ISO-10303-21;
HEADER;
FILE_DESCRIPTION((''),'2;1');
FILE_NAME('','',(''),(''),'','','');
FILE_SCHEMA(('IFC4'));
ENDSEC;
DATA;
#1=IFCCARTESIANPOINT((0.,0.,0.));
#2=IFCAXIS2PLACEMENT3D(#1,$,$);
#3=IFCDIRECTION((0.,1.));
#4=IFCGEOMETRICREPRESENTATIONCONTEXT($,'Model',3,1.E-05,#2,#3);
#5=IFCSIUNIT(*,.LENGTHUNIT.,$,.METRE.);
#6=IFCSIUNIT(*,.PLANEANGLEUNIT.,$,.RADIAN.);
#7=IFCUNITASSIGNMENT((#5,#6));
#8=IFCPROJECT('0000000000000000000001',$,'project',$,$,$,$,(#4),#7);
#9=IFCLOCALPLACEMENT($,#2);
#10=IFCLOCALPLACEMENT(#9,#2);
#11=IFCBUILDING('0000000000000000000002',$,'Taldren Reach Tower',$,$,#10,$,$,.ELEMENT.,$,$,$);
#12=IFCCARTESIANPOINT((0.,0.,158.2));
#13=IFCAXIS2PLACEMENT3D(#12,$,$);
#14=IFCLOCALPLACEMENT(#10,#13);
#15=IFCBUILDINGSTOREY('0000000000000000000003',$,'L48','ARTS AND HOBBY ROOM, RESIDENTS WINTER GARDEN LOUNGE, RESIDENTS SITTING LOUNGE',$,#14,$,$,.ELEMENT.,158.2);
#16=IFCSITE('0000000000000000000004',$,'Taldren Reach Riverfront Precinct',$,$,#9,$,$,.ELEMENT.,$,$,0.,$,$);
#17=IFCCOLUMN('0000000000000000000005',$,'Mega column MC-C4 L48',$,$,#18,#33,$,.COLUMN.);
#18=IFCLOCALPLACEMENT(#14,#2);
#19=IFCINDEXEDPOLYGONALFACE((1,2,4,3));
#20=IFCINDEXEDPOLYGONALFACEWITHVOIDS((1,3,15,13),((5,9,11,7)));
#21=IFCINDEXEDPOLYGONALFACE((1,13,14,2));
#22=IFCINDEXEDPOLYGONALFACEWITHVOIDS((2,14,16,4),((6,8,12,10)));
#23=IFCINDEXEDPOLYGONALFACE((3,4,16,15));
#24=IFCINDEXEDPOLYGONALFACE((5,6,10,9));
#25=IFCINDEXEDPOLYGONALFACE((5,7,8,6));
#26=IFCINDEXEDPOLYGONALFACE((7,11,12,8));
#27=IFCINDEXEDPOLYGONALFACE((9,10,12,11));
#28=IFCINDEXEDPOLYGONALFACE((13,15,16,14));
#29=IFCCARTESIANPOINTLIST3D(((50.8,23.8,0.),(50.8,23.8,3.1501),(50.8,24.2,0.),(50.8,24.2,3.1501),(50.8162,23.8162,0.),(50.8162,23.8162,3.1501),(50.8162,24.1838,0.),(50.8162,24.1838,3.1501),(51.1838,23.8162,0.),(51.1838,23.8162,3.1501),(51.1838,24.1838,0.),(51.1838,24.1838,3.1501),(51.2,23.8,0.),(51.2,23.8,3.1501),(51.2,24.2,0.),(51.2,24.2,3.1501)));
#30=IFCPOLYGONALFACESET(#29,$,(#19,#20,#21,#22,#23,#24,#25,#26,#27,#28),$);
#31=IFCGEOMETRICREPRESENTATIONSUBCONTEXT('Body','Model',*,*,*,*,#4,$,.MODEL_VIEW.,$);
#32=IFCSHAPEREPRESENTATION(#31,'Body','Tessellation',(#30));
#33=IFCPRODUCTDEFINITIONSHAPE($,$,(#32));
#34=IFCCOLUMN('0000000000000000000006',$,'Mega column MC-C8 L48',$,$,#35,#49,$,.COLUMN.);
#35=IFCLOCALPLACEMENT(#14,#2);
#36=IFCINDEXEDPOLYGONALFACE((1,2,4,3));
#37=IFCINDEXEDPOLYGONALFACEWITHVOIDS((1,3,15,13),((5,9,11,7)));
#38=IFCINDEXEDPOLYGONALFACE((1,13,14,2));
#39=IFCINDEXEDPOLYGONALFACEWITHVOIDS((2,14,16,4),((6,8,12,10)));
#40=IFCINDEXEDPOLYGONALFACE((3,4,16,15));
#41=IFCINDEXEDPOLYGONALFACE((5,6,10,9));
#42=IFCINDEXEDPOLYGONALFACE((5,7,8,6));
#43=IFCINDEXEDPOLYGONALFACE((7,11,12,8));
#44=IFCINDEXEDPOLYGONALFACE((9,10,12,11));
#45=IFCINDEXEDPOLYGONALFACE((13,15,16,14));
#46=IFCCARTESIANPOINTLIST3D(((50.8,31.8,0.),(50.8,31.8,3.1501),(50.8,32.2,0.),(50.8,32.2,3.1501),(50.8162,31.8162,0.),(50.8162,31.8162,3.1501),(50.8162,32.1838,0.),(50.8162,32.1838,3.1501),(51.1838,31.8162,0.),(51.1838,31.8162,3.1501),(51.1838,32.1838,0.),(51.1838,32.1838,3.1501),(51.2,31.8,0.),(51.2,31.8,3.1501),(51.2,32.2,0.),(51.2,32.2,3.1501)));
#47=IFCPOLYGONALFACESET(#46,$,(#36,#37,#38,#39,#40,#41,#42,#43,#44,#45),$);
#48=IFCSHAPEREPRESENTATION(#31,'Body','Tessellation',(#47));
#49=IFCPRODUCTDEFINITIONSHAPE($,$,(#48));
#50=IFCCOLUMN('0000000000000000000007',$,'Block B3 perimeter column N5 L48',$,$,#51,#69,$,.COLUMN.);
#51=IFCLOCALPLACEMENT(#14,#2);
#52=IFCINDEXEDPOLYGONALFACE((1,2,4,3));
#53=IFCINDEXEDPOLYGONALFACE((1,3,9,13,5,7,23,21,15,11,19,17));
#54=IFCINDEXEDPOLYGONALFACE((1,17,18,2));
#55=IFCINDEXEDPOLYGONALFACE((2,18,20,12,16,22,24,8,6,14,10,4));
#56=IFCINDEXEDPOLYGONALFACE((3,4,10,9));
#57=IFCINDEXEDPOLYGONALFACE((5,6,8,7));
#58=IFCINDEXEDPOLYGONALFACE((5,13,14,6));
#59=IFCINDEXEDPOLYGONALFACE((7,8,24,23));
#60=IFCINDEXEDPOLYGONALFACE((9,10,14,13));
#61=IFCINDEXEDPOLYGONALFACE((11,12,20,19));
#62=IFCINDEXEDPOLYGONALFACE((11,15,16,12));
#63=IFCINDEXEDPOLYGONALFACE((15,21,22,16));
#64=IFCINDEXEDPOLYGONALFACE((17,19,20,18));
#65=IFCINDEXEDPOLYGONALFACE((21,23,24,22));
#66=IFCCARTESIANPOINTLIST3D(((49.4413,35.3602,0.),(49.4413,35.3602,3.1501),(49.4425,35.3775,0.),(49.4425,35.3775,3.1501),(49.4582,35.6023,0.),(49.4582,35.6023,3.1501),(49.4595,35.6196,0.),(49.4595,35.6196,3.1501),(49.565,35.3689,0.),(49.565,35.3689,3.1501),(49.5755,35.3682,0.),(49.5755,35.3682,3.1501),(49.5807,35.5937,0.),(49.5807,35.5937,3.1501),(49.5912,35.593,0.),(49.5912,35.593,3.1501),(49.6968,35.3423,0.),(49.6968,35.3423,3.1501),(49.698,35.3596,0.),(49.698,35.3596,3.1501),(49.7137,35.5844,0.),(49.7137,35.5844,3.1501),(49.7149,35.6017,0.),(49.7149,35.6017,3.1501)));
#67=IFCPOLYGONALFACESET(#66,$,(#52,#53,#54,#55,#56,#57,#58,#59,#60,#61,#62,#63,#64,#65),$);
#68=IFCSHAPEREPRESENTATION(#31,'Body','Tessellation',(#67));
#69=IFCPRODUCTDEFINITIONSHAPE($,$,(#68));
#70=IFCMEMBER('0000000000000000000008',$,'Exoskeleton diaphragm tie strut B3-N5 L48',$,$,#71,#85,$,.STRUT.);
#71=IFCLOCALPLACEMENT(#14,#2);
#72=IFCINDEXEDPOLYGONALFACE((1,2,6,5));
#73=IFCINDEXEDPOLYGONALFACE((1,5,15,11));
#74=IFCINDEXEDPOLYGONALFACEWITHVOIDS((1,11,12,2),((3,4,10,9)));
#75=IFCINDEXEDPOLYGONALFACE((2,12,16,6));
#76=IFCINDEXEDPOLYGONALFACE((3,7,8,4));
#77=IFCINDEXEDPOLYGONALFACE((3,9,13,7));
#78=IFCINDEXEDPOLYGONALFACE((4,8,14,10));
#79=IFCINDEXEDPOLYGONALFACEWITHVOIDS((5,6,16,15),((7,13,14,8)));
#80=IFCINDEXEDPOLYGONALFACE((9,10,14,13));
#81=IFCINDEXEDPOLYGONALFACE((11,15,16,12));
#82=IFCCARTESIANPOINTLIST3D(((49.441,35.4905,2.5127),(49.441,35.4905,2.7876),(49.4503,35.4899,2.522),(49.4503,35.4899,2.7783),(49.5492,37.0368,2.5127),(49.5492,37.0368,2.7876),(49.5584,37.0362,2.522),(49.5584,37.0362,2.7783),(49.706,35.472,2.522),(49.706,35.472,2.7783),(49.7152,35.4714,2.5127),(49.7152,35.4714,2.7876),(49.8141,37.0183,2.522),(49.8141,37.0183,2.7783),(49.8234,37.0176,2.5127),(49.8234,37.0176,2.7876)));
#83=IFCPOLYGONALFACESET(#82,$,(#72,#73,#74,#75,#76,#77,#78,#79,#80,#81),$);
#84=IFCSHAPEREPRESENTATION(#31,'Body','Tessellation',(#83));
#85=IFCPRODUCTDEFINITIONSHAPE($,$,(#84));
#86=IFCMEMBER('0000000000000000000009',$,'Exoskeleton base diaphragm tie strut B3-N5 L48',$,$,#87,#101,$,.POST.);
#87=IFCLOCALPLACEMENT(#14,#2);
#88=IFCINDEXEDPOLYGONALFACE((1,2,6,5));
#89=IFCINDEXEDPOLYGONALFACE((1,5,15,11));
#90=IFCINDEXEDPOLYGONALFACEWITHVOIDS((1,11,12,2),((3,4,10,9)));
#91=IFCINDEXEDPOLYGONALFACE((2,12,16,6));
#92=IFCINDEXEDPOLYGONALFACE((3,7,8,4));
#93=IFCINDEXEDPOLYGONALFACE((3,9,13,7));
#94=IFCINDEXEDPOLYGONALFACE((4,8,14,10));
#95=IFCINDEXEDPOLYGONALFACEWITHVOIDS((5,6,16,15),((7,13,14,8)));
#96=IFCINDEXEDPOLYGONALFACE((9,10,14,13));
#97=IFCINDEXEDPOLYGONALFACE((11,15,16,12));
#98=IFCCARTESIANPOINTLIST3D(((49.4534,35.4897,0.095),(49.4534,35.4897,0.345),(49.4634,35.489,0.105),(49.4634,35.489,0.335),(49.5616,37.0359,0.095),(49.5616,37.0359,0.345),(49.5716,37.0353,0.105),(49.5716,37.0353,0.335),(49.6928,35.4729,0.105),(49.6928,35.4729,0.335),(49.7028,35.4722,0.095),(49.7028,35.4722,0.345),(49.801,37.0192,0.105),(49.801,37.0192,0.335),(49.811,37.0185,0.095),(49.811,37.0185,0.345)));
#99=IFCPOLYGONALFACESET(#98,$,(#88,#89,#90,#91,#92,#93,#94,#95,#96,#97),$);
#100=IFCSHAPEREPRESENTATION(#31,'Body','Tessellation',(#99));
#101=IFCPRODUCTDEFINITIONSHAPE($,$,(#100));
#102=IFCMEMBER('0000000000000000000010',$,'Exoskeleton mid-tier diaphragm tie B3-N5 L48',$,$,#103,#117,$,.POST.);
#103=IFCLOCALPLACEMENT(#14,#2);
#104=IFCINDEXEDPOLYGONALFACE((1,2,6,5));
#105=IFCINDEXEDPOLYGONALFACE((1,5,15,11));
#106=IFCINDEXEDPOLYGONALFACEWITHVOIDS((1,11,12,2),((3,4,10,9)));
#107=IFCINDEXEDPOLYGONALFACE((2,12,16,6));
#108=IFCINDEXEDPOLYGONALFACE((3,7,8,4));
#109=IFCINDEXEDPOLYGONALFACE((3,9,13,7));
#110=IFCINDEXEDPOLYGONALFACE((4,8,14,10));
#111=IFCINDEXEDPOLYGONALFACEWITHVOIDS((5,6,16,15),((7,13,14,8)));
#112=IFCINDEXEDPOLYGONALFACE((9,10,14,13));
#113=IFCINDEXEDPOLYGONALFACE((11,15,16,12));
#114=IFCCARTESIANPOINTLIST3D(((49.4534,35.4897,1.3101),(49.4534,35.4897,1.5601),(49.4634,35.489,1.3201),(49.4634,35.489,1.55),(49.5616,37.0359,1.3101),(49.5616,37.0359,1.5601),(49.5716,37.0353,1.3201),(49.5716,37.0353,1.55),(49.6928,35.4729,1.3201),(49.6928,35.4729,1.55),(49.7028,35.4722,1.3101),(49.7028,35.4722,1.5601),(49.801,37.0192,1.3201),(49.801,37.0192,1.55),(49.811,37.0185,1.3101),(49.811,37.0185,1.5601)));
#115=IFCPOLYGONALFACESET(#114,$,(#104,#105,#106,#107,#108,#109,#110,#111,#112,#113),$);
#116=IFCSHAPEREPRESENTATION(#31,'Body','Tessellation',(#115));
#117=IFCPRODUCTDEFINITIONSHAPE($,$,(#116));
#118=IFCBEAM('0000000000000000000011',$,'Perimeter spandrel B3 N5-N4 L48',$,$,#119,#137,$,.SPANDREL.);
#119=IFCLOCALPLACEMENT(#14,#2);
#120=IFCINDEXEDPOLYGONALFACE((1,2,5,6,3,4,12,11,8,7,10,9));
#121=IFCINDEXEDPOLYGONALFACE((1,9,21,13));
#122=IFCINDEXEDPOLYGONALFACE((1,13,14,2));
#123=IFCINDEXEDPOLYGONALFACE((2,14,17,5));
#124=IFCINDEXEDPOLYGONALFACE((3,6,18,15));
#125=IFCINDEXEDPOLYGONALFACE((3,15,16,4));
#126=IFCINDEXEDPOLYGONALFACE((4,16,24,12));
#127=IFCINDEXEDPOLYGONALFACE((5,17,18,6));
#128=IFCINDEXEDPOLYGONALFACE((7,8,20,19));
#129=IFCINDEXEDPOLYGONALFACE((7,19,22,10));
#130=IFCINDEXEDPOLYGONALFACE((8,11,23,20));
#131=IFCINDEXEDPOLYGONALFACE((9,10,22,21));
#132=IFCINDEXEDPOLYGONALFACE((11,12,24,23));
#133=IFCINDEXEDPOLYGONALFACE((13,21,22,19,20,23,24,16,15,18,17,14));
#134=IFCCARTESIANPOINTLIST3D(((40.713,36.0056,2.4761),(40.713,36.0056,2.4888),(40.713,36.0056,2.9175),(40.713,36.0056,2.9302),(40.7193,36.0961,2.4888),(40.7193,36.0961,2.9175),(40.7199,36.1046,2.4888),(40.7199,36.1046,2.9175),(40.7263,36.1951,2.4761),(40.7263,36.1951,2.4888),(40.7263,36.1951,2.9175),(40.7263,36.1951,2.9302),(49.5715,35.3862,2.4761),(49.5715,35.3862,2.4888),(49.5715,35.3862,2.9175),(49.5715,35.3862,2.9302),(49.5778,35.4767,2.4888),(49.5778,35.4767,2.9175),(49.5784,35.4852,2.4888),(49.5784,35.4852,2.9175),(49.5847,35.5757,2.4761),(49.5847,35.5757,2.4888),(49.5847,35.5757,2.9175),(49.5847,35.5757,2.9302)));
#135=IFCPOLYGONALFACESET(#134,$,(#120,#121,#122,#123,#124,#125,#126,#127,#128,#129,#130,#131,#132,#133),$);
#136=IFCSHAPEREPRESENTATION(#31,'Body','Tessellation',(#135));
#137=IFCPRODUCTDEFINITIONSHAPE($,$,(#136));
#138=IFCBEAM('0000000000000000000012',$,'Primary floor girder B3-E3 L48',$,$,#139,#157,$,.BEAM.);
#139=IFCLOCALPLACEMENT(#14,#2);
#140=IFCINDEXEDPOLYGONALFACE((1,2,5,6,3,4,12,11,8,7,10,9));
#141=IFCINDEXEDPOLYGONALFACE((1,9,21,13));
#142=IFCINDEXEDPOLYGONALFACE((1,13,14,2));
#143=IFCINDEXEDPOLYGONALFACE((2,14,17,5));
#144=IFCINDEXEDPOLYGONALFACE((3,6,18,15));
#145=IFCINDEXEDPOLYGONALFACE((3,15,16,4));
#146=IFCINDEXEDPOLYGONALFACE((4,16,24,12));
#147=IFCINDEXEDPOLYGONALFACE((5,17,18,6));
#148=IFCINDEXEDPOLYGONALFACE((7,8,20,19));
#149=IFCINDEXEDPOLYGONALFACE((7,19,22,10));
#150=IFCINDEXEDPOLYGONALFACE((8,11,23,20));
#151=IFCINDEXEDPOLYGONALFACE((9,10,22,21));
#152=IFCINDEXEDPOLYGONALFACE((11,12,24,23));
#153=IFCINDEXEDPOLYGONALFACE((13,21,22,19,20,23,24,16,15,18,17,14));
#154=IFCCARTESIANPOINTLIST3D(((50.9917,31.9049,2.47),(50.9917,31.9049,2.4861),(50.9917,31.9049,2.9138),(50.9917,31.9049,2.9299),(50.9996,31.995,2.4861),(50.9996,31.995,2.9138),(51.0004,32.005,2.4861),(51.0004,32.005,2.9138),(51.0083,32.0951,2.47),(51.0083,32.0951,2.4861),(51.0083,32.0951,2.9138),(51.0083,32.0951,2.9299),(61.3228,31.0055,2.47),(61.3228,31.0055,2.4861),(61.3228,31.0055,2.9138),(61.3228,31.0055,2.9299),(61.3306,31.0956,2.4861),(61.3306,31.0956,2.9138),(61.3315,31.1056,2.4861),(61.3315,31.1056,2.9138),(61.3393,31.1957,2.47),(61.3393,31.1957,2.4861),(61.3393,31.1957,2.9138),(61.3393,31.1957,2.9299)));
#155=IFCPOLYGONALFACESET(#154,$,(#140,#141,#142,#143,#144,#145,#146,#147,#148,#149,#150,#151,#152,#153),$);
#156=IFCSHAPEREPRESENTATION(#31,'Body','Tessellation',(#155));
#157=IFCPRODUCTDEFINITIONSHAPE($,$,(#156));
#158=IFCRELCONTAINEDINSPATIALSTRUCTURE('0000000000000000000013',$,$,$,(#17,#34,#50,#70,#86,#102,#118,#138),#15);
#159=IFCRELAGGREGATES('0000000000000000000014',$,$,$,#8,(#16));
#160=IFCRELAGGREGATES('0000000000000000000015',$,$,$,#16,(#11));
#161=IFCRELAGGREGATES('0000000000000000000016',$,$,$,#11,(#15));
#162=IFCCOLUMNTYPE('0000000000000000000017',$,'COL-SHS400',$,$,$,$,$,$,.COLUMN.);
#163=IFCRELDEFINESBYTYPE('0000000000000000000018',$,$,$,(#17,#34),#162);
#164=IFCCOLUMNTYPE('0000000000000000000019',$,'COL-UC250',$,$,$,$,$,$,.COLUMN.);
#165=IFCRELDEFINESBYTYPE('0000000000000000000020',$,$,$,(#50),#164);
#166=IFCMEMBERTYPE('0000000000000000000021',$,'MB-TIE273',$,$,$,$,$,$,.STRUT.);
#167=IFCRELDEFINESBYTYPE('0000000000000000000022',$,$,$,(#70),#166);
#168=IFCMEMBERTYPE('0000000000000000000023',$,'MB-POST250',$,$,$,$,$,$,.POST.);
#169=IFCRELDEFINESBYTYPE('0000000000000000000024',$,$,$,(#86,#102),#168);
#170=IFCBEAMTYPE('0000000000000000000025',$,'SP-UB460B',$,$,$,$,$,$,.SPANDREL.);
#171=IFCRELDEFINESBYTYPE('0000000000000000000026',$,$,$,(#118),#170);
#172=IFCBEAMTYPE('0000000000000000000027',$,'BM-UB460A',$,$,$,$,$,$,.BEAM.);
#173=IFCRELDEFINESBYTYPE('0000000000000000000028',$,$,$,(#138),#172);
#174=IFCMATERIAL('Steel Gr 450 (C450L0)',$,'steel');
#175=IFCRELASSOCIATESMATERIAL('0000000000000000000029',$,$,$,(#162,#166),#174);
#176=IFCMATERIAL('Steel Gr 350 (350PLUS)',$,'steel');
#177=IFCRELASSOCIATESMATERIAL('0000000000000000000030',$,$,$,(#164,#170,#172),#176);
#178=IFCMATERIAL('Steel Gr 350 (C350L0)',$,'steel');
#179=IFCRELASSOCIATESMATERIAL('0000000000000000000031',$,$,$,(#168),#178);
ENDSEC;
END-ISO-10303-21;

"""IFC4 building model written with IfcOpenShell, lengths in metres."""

from ifc_helpers import new_model, si_unit, direction, frame, origin, origin_2d, place, context, subcontext, project, spatial, hollow_rectangle, i_section, extrude, source, transform, mapped, material, material_profile, profile_set, type_object, element, save


model = new_model("IFC4")

# Units and contexts
model_context = context("Model", 3, precision=1e-05, world=origin(), true_north=direction((0.0, 1.0)))
body_context = subcontext(model_context, "Body", "Model", "MODEL_VIEW")
ifc_project = project(units=[si_unit("LENGTHUNIT", "METRE"), si_unit("PLANEANGLEUNIT", "RADIAN")], contexts=[model_context])

# Site, building, storey
site_placement = place(None, origin())
site = spatial("IfcSite", under=ifc_project, at=site_placement, Name="Taldren Reach Riverfront Precinct", CompositionType="ELEMENT", RefElevation=0.0)
building_placement = place(site_placement, origin())
building = spatial("IfcBuilding", under=site, at=building_placement, Name="Taldren Reach Tower", CompositionType="ELEMENT")
storey_placement = place(building_placement, frame((0.0, 0.0, 158.2)))
storey = spatial("IfcBuildingStorey", under=building, at=storey_placement, Name="L48", Description="ARTS AND HOBBY ROOM, RESIDENTS WINTER GARDEN LOUNGE, RESIDENTS SITTING LOUNGE", CompositionType="ELEMENT", Elevation=158.2)

# Columns
ifc_material_1 = material(Name="Steel Gr 450 (C450L0)", Category="steel")
ifc_material_profile_1 = material_profile(ifc_material_1, hollow_rectangle(XDim=0.3999, YDim=0.3999, WallThickness=0.0161, at=origin_2d()), Name="400x400x16.0SHS")
ifc_profile_set_1 = profile_set([ifc_material_profile_1], Name="Steel Gr 450 (C450L0)")
column_type_1 = type_object("IfcColumnType", Name="COL-SHS400", PredefinedType="COLUMN", material=ifc_profile_set_1)
shared_shape_1 = source(origin(), body_context, "Body", "SweptSolid", [
    extrude(hollow_rectangle(XDim=0.3999, YDim=0.3999, WallThickness=0.0161, at=origin_2d()), origin(), (0.0, 0.0, 1.0), 3.1501),
])
for number, where, z_axis, x_axis, name in (
    (1, (51.0, 24.0, 0.0), (0.0, 0.0, 1.0), (1.0, 0.0, 0.0), "Mega column MC-C4 L48"),
    (2, (51.0, 32.0, 0.0), (0.0, 0.0, 1.0), (1.0, 0.0, 0.0), "Mega column MC-C8 L48"),
):
    element("IfcColumn", number, at=place(storey_placement, frame(where, z_axis=z_axis, x_axis=x_axis)), inside=storey, type_object=column_type_1, Name=name, PredefinedType="COLUMN", context=body_context, shape_type="MappedRepresentation", body=[
        mapped(shared_shape_1, transform((0.0, 0.0, 0.0), scale=1.0)),
    ])
ifc_material_2 = material(Name="Steel Gr 350 (350PLUS)", Category="steel")
ifc_material_profile_2 = material_profile(ifc_material_2, i_section(OverallWidth=0.2561, OverallDepth=0.26, WebThickness=0.0105, FlangeThickness=0.0173, at=origin_2d()), Name="250UC89.5")
ifc_profile_set_2 = profile_set([ifc_material_profile_2], Name="Steel Gr 350 (350PLUS)")
column_type_2 = type_object("IfcColumnType", Name="COL-UC250", PredefinedType="COLUMN", material=ifc_profile_set_2)
shared_shape_2 = source(origin(), body_context, "Body", "SweptSolid", [
    extrude(i_section(OverallWidth=0.2561, OverallDepth=0.26, WebThickness=0.0105, FlangeThickness=0.0173, at=origin_2d()), origin(), (0.0, 0.0, 1.0), 3.1501),
])
column_placement = place(storey_placement, frame((49.5781, 35.481, 0.0), z_axis=(0.0, 0.0, 1.0), x_axis=(0.997564, -0.069756, 0.0)))
element("IfcColumn", 3, at=column_placement, inside=storey, type_object=column_type_2, Name="Block B3 perimeter column N5 L48", PredefinedType="COLUMN", context=body_context, shape_type="MappedRepresentation", body=[
    mapped(shared_shape_2, transform((0.0, 0.0, 0.0), scale=1.0)),
])

# Members
ifc_material_profile_3 = material_profile(ifc_material_1, hollow_rectangle(XDim=0.2749, YDim=0.2749, WallThickness=0.0093, at=origin_2d()), Name="275x275x9.3SHS")
ifc_profile_set_3 = profile_set([ifc_material_profile_3], Name="Steel Gr 450 (C450L0)")
member_type_1 = type_object("IfcMemberType", Name="MB-TIE273", PredefinedType="STRUT", material=ifc_profile_set_3)
shared_shape_3 = source(origin(), body_context, "Body", "SweptSolid", [
    extrude(hollow_rectangle(XDim=0.2749, YDim=0.2749, WallThickness=0.0093, at=origin_2d()), origin(), (0.0, 0.0, 1.0), 1.55),
])
member_1_placement = place(storey_placement, frame((49.5781, 35.481, 2.6501), z_axis=(0.06977, 0.997563, 0.0), x_axis=(-0.997563, 0.06977, 0.0)))
element("IfcMember", 4, at=member_1_placement, inside=storey, type_object=member_type_1, Name="Exoskeleton diaphragm tie strut B3-N5 L48", PredefinedType="STRUT", context=body_context, shape_type="MappedRepresentation", body=[
    mapped(shared_shape_3, transform((0.0, 0.0, 0.0), scale=1.0)),
])
ifc_material_3 = material(Name="Steel Gr 350 (C350L0)", Category="steel")
ifc_material_profile_4 = material_profile(ifc_material_3, hollow_rectangle(XDim=0.25, YDim=0.25, WallThickness=0.01, at=origin_2d()), Name="250x250x10.0SHS")
ifc_profile_set_4 = profile_set([ifc_material_profile_4], Name="Steel Gr 350 (C350L0)")
member_type_2 = type_object("IfcMemberType", Name="MB-POST250", PredefinedType="POST", material=ifc_profile_set_4)
shared_shape_4 = source(origin(), body_context, "Body", "SweptSolid", [
    extrude(hollow_rectangle(XDim=0.25, YDim=0.25, WallThickness=0.01, at=origin_2d()), origin(), (0.0, 0.0, 1.0), 1.55),
])
for number, where, z_axis, x_axis, name in (
    (5, (49.5781, 35.481, 0.22), (0.06977, 0.997563, 0.0), (-0.997563, 0.06977, 0.0), "Exoskeleton base diaphragm tie strut B3-N5 L48"),
    (6, (49.5781, 35.481, 1.4351), (0.06977, 0.997563, 0.0), (-0.997563, 0.06977, 0.0), "Exoskeleton mid-tier diaphragm tie B3-N5 L48"),
):
    element("IfcMember", number, at=place(storey_placement, frame(where, z_axis=z_axis, x_axis=x_axis)), inside=storey, type_object=member_type_2, Name=name, PredefinedType="POST", context=body_context, shape_type="MappedRepresentation", body=[
        mapped(shared_shape_4, transform((0.0, 0.0, 0.0), scale=1.0)),
    ])

# Beams
ifc_material_profile_5 = material_profile(ifc_material_2, i_section(OverallWidth=0.1899, OverallDepth=0.4541, WebThickness=0.0085, FlangeThickness=0.0127, at=origin_2d()), Name="460UB67.1")
ifc_profile_set_5 = profile_set([ifc_material_profile_5], Name="Steel Gr 350 (350PLUS)")
beam_type_1 = type_object("IfcBeamType", Name="SP-UB460B", PredefinedType="SPANDREL", material=ifc_profile_set_5)
shared_shape_5 = source(origin(), body_context, "Body", "SweptSolid", [
    extrude(i_section(OverallWidth=0.1899, OverallDepth=0.4541, WebThickness=0.0085, FlangeThickness=0.0127, at=origin_2d()), origin(), (0.0, 0.0, 1.0), 8.8801),
])
beam_1_placement = place(storey_placement, frame((49.5781, 35.481, 2.7031), z_axis=(-0.997564, 0.06975, 0.0), x_axis=(-0.06975, -0.997564, 0.0)))
element("IfcBeam", 7, at=beam_1_placement, inside=storey, type_object=beam_type_1, Name="Perimeter spandrel B3 N5-N4 L48", PredefinedType="SPANDREL", context=body_context, shape_type="MappedRepresentation", body=[
    mapped(shared_shape_5, transform((0.0, 0.0, 0.0), scale=1.0)),
])
ifc_material_profile_6 = material_profile(ifc_material_2, i_section(OverallWidth=0.1909, OverallDepth=0.46, WebThickness=0.01, FlangeThickness=0.0161, at=origin_2d()), Name="460UB82.1")
ifc_profile_set_6 = profile_set([ifc_material_profile_6], Name="Steel Gr 350 (350PLUS)")
beam_type_2 = type_object("IfcBeamType", Name="BM-UB460A", PredefinedType="BEAM", material=ifc_profile_set_6)
shared_shape_6 = source(origin(), body_context, "Body", "SweptSolid", [
    extrude(i_section(OverallWidth=0.1909, OverallDepth=0.46, WebThickness=0.01, FlangeThickness=0.0161, at=origin_2d()), origin(), (0.0, 0.0, 1.0), 10.3701),
])
beam_2_placement = place(storey_placement, frame((51.0, 32.0, 2.7), z_axis=(0.996232, -0.086731, 0.0), x_axis=(0.086731, 0.996232, 0.0)))
element("IfcBeam", 8, at=beam_2_placement, inside=storey, type_object=beam_type_2, Name="Primary floor girder B3-E3 L48", PredefinedType="BEAM", context=body_context, shape_type="MappedRepresentation", body=[
    mapped(shared_shape_6, transform((0.0, 0.0, 0.0), scale=1.0)),
])

save(model, "model.ifc")
